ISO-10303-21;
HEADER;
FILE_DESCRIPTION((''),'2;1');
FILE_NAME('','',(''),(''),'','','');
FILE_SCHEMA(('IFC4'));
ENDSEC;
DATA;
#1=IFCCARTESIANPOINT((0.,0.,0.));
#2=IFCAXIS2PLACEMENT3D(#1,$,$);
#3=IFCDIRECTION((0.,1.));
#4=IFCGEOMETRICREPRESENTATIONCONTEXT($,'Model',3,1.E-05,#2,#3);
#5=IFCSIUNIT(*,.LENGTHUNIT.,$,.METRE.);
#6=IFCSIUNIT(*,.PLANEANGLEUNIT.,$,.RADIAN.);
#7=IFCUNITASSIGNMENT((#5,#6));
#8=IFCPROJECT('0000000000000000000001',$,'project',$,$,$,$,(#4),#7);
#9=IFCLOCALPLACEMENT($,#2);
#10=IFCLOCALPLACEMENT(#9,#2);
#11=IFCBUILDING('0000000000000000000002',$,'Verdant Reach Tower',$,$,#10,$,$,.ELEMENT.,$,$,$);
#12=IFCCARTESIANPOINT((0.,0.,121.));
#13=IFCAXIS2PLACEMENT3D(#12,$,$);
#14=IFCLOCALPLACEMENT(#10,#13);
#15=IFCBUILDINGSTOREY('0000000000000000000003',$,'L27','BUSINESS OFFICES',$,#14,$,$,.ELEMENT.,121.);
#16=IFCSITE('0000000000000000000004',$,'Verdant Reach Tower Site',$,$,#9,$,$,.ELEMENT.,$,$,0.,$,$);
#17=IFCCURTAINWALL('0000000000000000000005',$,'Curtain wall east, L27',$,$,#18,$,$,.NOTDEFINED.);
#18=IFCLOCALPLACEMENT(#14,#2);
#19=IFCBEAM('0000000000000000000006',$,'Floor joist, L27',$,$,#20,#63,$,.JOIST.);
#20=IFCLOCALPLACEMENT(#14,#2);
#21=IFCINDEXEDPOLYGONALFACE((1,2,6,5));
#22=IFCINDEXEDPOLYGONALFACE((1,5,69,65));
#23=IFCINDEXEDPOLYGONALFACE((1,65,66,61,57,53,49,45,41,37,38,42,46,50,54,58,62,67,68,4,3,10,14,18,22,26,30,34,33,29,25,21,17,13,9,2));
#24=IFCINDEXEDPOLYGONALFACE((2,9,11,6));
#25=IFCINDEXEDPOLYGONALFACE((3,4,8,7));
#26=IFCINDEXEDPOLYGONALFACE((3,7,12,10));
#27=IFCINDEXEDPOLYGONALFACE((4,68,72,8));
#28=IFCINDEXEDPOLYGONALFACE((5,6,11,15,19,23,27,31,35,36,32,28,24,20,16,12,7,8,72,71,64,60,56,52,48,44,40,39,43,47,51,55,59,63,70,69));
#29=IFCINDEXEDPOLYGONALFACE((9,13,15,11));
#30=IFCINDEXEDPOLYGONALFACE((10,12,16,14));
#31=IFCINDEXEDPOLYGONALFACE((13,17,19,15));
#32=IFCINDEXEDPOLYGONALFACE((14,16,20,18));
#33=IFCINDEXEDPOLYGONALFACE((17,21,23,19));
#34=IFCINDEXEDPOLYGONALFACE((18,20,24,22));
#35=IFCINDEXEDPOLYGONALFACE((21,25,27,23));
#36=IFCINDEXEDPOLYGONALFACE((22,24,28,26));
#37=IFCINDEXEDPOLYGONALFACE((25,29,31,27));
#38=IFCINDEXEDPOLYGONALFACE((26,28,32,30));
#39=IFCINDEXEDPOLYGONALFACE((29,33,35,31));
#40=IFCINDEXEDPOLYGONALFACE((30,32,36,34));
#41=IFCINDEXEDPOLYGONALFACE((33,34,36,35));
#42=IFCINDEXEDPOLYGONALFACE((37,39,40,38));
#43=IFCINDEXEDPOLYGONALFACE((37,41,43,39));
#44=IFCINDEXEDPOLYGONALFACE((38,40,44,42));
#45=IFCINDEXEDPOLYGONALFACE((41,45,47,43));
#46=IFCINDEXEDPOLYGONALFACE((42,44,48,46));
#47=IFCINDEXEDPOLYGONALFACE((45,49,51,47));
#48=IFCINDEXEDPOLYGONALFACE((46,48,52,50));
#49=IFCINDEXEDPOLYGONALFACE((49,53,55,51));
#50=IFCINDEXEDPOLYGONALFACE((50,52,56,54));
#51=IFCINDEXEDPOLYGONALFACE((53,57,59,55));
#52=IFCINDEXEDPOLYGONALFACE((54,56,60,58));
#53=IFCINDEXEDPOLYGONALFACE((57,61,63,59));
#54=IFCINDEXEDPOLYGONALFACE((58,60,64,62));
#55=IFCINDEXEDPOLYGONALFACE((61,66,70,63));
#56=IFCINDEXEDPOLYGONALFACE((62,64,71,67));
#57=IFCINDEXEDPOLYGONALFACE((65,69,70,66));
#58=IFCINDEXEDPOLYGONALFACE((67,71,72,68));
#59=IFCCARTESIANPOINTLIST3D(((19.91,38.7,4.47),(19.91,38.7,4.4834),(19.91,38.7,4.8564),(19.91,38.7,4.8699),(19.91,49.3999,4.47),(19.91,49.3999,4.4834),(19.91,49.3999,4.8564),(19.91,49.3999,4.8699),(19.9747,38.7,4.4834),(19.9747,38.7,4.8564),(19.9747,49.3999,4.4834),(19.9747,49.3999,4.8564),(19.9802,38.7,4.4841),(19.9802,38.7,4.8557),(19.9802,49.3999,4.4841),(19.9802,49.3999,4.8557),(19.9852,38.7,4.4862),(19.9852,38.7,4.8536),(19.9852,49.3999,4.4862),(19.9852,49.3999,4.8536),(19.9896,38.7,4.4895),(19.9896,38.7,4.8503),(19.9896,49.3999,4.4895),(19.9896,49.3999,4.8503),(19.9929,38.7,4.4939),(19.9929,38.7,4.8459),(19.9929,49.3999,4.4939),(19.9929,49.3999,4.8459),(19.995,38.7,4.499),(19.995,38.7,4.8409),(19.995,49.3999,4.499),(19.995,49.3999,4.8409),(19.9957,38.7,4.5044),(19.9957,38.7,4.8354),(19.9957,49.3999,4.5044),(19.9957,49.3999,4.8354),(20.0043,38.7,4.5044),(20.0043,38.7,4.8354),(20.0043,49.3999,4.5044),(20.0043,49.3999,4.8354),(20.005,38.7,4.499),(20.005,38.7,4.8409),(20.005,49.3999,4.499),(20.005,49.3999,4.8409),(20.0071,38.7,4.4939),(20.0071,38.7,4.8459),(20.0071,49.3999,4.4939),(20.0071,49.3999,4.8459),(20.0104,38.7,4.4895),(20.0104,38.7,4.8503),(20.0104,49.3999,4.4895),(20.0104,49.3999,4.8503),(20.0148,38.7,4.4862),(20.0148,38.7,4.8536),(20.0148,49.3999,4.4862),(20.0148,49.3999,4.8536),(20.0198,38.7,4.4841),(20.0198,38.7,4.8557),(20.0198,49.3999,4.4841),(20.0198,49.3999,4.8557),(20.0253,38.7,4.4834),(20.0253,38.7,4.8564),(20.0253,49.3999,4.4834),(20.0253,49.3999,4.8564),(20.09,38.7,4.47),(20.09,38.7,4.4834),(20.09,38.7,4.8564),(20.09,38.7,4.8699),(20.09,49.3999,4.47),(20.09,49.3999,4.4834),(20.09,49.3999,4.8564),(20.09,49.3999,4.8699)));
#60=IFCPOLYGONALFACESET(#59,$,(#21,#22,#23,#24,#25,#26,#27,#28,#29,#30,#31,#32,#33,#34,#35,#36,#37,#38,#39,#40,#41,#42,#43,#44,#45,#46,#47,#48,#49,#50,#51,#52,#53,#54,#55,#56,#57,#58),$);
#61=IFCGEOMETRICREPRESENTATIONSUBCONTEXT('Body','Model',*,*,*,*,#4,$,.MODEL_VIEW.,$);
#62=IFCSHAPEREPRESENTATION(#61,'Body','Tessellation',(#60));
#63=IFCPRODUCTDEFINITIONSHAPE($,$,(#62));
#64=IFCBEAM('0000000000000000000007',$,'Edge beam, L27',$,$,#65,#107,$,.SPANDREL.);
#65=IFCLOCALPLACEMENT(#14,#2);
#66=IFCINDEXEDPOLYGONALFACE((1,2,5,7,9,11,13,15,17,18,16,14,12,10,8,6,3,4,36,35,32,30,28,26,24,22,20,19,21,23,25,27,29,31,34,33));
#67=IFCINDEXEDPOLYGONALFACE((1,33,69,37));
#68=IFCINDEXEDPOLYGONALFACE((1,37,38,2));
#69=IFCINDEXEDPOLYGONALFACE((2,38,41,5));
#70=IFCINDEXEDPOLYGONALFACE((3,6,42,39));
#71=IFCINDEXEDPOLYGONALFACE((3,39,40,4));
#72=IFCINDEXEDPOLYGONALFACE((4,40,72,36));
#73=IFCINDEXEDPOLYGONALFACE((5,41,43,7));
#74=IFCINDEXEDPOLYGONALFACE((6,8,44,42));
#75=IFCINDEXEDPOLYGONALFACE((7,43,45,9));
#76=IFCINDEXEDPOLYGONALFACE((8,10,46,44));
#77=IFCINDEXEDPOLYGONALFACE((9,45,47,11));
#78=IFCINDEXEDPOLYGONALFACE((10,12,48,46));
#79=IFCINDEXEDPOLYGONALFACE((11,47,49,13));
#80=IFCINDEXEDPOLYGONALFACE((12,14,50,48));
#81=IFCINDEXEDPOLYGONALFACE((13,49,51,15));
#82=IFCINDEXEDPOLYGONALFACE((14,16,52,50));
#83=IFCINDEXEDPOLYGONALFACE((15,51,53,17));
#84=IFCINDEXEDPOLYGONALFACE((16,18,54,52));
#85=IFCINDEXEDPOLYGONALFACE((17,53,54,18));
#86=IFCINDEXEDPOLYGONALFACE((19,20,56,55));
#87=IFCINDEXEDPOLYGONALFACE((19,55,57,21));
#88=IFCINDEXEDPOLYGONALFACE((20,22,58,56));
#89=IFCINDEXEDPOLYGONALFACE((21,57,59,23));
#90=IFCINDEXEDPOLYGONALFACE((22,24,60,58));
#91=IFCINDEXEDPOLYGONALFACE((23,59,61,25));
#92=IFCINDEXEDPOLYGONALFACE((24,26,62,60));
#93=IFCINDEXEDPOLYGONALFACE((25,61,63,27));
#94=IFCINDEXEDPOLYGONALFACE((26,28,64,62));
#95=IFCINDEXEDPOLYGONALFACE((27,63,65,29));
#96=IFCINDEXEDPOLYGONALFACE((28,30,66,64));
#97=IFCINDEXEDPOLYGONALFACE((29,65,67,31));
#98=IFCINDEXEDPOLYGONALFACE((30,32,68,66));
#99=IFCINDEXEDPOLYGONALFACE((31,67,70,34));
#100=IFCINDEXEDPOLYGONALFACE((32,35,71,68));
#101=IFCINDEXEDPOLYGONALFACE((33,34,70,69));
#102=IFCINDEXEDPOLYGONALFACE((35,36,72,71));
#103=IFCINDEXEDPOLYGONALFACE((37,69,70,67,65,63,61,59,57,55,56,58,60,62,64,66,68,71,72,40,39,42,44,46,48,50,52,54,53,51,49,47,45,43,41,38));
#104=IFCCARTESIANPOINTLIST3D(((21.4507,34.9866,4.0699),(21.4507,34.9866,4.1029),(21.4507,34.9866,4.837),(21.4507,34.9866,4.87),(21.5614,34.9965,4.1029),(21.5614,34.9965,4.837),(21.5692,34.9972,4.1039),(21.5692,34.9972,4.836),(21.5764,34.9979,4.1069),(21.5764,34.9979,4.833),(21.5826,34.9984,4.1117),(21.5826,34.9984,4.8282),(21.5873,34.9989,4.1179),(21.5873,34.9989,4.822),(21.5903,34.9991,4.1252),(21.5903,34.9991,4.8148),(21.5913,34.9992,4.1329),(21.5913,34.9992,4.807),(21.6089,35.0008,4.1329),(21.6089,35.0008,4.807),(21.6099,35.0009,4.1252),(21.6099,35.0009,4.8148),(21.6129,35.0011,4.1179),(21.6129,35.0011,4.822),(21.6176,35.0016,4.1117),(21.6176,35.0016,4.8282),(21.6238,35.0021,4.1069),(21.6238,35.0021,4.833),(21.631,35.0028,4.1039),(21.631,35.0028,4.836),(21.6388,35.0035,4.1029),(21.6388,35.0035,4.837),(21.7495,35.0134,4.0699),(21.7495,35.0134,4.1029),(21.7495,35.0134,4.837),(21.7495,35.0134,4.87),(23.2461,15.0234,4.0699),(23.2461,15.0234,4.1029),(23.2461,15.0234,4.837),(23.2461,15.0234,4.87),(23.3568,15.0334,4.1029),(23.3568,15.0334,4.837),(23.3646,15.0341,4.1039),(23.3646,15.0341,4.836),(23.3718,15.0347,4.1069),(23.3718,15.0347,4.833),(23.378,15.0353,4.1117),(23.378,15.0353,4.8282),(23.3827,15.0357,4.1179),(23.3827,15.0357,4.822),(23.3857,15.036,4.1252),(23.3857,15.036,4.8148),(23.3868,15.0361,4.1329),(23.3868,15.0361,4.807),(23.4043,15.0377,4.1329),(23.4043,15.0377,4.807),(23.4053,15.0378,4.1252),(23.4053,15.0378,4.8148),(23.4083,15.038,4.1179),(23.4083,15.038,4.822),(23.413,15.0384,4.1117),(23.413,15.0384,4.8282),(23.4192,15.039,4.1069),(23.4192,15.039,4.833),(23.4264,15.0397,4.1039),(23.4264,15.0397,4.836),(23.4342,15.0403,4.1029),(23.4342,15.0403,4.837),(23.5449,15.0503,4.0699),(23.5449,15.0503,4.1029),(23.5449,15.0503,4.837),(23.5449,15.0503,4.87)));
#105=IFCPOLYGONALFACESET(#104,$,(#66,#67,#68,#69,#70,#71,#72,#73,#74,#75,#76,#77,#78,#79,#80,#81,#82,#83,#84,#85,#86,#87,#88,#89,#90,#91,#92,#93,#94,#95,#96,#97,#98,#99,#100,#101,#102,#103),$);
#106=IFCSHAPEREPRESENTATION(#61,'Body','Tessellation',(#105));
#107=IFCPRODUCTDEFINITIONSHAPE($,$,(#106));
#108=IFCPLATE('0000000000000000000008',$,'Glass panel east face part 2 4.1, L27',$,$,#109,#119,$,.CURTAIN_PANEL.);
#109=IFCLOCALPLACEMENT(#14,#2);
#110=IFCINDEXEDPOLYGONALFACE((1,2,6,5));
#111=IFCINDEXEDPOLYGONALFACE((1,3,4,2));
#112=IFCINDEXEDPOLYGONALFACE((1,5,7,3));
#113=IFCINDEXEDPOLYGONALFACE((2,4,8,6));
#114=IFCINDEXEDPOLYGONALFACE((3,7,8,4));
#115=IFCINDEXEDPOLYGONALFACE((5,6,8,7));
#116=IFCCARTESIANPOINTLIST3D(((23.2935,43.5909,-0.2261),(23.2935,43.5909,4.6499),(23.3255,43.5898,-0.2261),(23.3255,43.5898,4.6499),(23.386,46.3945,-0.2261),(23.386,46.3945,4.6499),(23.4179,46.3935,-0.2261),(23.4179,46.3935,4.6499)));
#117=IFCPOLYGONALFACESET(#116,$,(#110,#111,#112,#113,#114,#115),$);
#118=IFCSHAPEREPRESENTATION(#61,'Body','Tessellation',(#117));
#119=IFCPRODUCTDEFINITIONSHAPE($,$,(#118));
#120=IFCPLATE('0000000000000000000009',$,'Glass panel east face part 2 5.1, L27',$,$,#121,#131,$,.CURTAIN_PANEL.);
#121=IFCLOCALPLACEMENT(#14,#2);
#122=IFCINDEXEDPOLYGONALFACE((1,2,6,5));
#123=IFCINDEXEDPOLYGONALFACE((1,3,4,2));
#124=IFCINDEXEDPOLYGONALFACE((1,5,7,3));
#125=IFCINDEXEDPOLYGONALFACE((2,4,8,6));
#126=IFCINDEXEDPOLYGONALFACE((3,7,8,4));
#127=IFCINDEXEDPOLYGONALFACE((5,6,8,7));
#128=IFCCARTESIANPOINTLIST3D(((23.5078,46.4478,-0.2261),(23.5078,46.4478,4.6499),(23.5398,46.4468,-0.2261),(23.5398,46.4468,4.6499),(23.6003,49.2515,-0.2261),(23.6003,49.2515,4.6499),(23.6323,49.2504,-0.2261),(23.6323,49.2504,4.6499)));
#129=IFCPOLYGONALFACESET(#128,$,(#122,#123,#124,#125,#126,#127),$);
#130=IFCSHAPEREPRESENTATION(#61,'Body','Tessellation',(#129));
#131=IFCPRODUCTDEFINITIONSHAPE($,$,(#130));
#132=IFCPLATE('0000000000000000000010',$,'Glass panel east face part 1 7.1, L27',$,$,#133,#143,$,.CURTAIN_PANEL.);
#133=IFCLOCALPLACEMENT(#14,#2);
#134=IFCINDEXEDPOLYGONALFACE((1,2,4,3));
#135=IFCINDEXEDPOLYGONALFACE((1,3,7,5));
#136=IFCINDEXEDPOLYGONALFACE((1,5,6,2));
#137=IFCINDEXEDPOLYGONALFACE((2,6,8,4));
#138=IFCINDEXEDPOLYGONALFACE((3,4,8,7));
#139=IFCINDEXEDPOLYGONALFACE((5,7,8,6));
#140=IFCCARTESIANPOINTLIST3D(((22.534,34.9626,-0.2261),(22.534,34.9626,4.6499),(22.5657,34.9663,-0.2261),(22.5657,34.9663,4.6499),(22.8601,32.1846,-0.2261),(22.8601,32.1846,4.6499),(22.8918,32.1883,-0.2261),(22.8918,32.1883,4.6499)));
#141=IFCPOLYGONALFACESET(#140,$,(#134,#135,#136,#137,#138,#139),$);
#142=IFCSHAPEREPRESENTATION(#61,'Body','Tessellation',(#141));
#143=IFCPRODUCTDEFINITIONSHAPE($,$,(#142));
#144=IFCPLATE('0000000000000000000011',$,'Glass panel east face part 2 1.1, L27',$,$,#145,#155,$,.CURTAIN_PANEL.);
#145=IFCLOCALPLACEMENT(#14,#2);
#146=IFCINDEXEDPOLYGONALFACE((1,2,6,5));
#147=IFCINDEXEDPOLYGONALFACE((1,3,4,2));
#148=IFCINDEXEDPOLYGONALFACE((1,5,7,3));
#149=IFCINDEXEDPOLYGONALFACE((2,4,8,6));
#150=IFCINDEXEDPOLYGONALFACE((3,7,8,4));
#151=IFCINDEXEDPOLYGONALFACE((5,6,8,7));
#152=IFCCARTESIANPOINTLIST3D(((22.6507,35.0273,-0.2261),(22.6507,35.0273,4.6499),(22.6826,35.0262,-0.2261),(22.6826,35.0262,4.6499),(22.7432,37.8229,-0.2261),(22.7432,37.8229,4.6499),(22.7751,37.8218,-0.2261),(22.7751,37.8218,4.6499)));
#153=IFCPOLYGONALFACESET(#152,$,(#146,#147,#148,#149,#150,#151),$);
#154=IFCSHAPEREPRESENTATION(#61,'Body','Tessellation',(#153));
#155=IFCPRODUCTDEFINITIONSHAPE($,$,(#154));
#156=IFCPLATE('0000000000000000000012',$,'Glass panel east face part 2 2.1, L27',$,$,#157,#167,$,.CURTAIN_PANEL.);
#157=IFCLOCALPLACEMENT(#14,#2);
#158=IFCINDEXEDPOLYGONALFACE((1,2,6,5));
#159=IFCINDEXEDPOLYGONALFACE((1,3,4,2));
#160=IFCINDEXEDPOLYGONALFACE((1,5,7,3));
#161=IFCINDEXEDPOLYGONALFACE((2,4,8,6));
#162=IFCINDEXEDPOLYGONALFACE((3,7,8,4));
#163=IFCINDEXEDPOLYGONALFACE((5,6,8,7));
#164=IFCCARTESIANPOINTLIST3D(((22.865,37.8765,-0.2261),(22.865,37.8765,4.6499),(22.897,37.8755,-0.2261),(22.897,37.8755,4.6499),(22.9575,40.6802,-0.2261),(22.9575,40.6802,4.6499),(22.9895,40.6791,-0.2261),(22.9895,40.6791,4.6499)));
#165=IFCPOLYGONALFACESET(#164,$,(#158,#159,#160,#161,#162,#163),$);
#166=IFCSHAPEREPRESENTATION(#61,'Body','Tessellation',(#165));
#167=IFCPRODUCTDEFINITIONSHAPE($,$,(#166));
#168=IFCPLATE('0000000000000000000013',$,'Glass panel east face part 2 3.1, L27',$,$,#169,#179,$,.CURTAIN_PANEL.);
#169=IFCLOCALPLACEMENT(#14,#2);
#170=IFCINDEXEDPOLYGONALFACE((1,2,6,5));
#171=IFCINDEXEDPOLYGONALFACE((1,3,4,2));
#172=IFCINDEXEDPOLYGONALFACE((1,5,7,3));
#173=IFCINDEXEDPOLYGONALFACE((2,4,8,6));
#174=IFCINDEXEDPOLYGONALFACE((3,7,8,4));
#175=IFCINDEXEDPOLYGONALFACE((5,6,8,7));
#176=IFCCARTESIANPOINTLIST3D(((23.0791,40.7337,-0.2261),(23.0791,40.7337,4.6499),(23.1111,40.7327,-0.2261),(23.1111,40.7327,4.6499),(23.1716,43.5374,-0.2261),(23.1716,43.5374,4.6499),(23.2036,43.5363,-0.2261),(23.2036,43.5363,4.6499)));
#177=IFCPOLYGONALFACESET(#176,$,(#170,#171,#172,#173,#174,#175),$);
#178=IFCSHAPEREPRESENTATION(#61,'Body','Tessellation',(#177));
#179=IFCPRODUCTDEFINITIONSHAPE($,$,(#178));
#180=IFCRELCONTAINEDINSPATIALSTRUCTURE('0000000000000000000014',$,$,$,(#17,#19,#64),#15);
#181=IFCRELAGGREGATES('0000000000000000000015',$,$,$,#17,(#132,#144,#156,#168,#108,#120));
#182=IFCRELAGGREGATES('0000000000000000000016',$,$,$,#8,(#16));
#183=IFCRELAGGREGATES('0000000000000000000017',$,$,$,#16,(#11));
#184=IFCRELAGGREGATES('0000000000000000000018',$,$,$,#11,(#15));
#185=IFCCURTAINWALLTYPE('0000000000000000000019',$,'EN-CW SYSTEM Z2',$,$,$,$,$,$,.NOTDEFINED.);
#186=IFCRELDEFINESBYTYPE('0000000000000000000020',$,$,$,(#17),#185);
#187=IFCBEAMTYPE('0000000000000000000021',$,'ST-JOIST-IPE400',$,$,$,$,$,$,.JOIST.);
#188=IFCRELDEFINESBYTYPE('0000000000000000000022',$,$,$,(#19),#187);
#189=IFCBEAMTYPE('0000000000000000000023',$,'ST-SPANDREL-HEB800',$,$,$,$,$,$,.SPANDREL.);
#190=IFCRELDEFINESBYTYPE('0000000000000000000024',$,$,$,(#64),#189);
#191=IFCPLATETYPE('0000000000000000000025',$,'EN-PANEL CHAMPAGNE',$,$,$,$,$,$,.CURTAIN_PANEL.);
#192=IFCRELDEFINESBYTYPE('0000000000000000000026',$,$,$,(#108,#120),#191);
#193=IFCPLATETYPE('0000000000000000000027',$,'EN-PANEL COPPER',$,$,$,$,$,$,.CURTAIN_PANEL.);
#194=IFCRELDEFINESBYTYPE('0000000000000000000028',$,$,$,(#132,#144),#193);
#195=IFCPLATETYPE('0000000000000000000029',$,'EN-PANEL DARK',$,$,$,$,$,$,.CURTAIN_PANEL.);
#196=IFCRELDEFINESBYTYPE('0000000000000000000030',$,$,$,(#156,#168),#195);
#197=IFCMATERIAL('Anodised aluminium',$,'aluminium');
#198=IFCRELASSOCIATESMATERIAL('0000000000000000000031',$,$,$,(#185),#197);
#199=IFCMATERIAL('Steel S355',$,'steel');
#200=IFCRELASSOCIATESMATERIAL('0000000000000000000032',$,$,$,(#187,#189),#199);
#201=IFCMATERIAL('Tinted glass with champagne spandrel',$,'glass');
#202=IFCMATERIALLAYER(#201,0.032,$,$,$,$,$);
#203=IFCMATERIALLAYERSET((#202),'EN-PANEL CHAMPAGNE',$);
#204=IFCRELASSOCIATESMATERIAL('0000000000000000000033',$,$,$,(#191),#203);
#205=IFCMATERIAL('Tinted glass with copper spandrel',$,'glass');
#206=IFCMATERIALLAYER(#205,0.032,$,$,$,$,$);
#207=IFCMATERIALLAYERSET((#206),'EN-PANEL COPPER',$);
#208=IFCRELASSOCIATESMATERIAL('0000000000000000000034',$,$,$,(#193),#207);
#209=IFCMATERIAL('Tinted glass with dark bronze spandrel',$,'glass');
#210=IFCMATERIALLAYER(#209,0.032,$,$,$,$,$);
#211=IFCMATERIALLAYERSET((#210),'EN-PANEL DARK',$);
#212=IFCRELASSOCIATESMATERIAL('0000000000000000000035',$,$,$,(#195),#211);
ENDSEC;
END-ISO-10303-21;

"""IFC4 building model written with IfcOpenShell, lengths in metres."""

from ifc_helpers import new_model, si_unit, direction, frame, origin, origin_2d, place, context, subcontext, project, spatial, rectangle, i_section, extrude, material, layer, layer_set, material_profile, profile_set, type_object, element, aggregate, save


model = new_model("IFC4")

# Units and contexts
model_context = context("Model", 3, precision=1e-05, world=origin(), true_north=direction((0.0, 1.0)))
body_context = subcontext(model_context, "Body", "Model", "MODEL_VIEW")
ifc_project = project(units=[si_unit("LENGTHUNIT", "METRE"), si_unit("PLANEANGLEUNIT", "RADIAN")], contexts=[model_context])

# Site, building, storey
site_placement = place(None, origin())
site = spatial("IfcSite", under=ifc_project, at=site_placement, Name="Verdant Reach Tower Site", CompositionType="ELEMENT", RefElevation=0.0)
building_placement = place(site_placement, origin())
building = spatial("IfcBuilding", under=site, at=building_placement, Name="Verdant Reach Tower", CompositionType="ELEMENT")
storey_placement = place(building_placement, frame((0.0, 0.0, 121.0)))
storey = spatial("IfcBuildingStorey", under=building, at=storey_placement, Name="L27", Description="BUSINESS OFFICES", CompositionType="ELEMENT", Elevation=121.0)

# Curtain wall
ifc_material_1 = material(Name="Anodised aluminium", Category="aluminium")
curtain_wall_type = type_object("IfcCurtainWallType", Name="EN-CW SYSTEM Z2", PredefinedType="NOTDEFINED", material=ifc_material_1)
curtain_wall_placement = place(storey_placement, origin())
curtain_wall = element("IfcCurtainWall", 1, at=curtain_wall_placement, inside=storey, type_object=curtain_wall_type, Name="Curtain wall east, L27", PredefinedType="NOTDEFINED")

# Beams
ifc_material_2 = material(Name="Steel S355", Category="steel")
ifc_material_profile_1 = material_profile(ifc_material_2, i_section(OverallWidth=0.1799, OverallDepth=0.3999, WebThickness=0.0085, FlangeThickness=0.0134, FilletRadius=0.021, at=origin_2d()), Name="IPE 400")
ifc_profile_set_1 = profile_set([ifc_material_profile_1], Name="Steel S355")
beam_type_1 = type_object("IfcBeamType", Name="ST-JOIST-IPE400", PredefinedType="JOIST", material=ifc_profile_set_1)
beam_1_placement = place(storey_placement, frame((20.0, 38.7, 4.6699), z_axis=(0.0, 1.0, 0.0), x_axis=(-1.0, 0.0, 0.0)))
element("IfcBeam", 2, at=beam_1_placement, inside=storey, type_object=beam_type_1, Name="Floor joist, L27", PredefinedType="JOIST", context=body_context, shape_type="SweptSolid", body=[
    extrude(i_section(OverallWidth=0.1799, OverallDepth=0.3999, WebThickness=0.0085, FlangeThickness=0.0134, FilletRadius=0.021, at=origin_2d()), origin(), (0.0, 0.0, 1.0), 10.7),
])
ifc_material_profile_2 = material_profile(ifc_material_2, i_section(OverallWidth=0.3, OverallDepth=0.8, WebThickness=0.0176, FlangeThickness=0.033, FilletRadius=0.03, at=origin_2d()), Name="HEB 800")
ifc_profile_set_2 = profile_set([ifc_material_profile_2], Name="Steel S355")
beam_type_2 = type_object("IfcBeamType", Name="ST-SPANDREL-HEB800", PredefinedType="SPANDREL", material=ifc_profile_set_2)
beam_2_placement = place(storey_placement, frame((21.6001, 35.0, 4.47), z_axis=(0.089575, -0.99598, 0.0), x_axis=(0.99598, 0.089575, 0.0)))
element("IfcBeam", 3, at=beam_2_placement, inside=storey, type_object=beam_type_2, Name="Edge beam, L27", PredefinedType="SPANDREL", context=body_context, shape_type="SweptSolid", body=[
    extrude(i_section(OverallWidth=0.3, OverallDepth=0.8, WebThickness=0.0176, FlangeThickness=0.033, FilletRadius=0.03, at=origin_2d()), origin(), (0.0, 0.0, 1.0), 20.0437),
])

# Plates
ifc_material_3 = material(Name="Tinted glass with champagne spandrel", Category="glass")
ifc_layer_1 = layer(ifc_material_3, 0.032)
ifc_layer_set_1 = layer_set([ifc_layer_1], Name="EN-PANEL CHAMPAGNE")
plate_type_1 = type_object("IfcPlateType", Name="EN-PANEL CHAMPAGNE", PredefinedType="CURTAIN_PANEL", material=ifc_layer_set_1)
plate_1_placement = place(storey_placement, frame((23.3557, 44.9922, -0.2261), z_axis=(0.0, 0.0, 1.0), x_axis=(0.032966, 0.999456, 0.0)))
plate_1 = element("IfcPlate", 4, at=plate_1_placement, type_object=plate_type_1, Name="Glass panel east face part 2 4.1, L27", PredefinedType="CURTAIN_PANEL", context=body_context, shape_type="SweptSolid", body=[
    extrude(rectangle(XDim=2.8052, YDim=0.032, at=origin_2d()), origin(), (0.0, 0.0, 1.0), 4.876),
])
plate_2_placement = place(storey_placement, frame((23.5701, 47.8491, -0.2261), z_axis=(0.0, 0.0, 1.0), x_axis=(0.032966, 0.999456, 0.0)))
plate_2 = element("IfcPlate", 5, at=plate_2_placement, type_object=plate_type_1, Name="Glass panel east face part 2 5.1, L27", PredefinedType="CURTAIN_PANEL", context=body_context, shape_type="SweptSolid", body=[
    extrude(rectangle(XDim=2.8052, YDim=0.032, at=origin_2d()), origin(), (0.0, 0.0, 1.0), 4.876),
])
ifc_material_4 = material(Name="Tinted glass with copper spandrel", Category="glass")
ifc_layer_2 = layer(ifc_material_4, 0.032)
ifc_layer_set_2 = layer_set([ifc_layer_2], Name="EN-PANEL COPPER")
plate_type_2 = type_object("IfcPlateType", Name="EN-PANEL COPPER", PredefinedType="CURTAIN_PANEL", material=ifc_layer_set_2)
plate_3_placement = place(storey_placement, frame((22.7129, 33.5754, -0.2261), z_axis=(0.0, 0.0, 1.0), x_axis=(-0.116586, 0.993181, 0.0)))
plate_3 = element("IfcPlate", 6, at=plate_3_placement, type_object=plate_type_2, Name="Glass panel east face part 1 7.1, L27", PredefinedType="CURTAIN_PANEL", context=body_context, shape_type="SweptSolid", body=[
    extrude(rectangle(XDim=2.7971, YDim=0.032, at=origin_2d()), origin(), (0.0, 0.0, 1.0), 4.876),
])
plate_4_placement = place(storey_placement, frame((22.7129, 36.4246, -0.2261), z_axis=(0.0, 0.0, 1.0), x_axis=(0.03307, 0.999453, 0.0)))
plate_4 = element("IfcPlate", 7, at=plate_4_placement, type_object=plate_type_2, Name="Glass panel east face part 2 1.1, L27", PredefinedType="CURTAIN_PANEL", context=body_context, shape_type="SweptSolid", body=[
    extrude(rectangle(XDim=2.7971, YDim=0.032, at=origin_2d()), origin(), (0.0, 0.0, 1.0), 4.876),
])
ifc_material_5 = material(Name="Tinted glass with dark bronze spandrel", Category="glass")
ifc_layer_3 = layer(ifc_material_5, 0.032)
ifc_layer_set_3 = layer_set([ifc_layer_3], Name="EN-PANEL DARK")
plate_type_3 = type_object("IfcPlateType", Name="EN-PANEL DARK", PredefinedType="CURTAIN_PANEL", material=ifc_layer_set_3)
plate_5_placement = place(storey_placement, frame((22.9272, 39.2778, -0.2261), z_axis=(0.0, 0.0, 1.0), x_axis=(0.032966, 0.999456, 0.0)))
plate_5 = element("IfcPlate", 8, at=plate_5_placement, type_object=plate_type_3, Name="Glass panel east face part 2 2.1, L27", PredefinedType="CURTAIN_PANEL", context=body_context, shape_type="SweptSolid", body=[
    extrude(rectangle(XDim=2.8052, YDim=0.032, at=origin_2d()), origin(), (0.0, 0.0, 1.0), 4.876),
])
plate_6_placement = place(storey_placement, frame((23.1414, 42.135, -0.2261), z_axis=(0.0, 0.0, 1.0), x_axis=(0.032966, 0.999456, 0.0)))
plate_6 = element("IfcPlate", 9, at=plate_6_placement, type_object=plate_type_3, Name="Glass panel east face part 2 3.1, L27", PredefinedType="CURTAIN_PANEL", context=body_context, shape_type="SweptSolid", body=[
    extrude(rectangle(XDim=2.8052, YDim=0.032, at=origin_2d()), origin(), (0.0, 0.0, 1.0), 4.876),
])
aggregate(curtain_wall, [plate_3, plate_4, plate_5, plate_6, plate_1, plate_2])

save(model, "model.ifc")
